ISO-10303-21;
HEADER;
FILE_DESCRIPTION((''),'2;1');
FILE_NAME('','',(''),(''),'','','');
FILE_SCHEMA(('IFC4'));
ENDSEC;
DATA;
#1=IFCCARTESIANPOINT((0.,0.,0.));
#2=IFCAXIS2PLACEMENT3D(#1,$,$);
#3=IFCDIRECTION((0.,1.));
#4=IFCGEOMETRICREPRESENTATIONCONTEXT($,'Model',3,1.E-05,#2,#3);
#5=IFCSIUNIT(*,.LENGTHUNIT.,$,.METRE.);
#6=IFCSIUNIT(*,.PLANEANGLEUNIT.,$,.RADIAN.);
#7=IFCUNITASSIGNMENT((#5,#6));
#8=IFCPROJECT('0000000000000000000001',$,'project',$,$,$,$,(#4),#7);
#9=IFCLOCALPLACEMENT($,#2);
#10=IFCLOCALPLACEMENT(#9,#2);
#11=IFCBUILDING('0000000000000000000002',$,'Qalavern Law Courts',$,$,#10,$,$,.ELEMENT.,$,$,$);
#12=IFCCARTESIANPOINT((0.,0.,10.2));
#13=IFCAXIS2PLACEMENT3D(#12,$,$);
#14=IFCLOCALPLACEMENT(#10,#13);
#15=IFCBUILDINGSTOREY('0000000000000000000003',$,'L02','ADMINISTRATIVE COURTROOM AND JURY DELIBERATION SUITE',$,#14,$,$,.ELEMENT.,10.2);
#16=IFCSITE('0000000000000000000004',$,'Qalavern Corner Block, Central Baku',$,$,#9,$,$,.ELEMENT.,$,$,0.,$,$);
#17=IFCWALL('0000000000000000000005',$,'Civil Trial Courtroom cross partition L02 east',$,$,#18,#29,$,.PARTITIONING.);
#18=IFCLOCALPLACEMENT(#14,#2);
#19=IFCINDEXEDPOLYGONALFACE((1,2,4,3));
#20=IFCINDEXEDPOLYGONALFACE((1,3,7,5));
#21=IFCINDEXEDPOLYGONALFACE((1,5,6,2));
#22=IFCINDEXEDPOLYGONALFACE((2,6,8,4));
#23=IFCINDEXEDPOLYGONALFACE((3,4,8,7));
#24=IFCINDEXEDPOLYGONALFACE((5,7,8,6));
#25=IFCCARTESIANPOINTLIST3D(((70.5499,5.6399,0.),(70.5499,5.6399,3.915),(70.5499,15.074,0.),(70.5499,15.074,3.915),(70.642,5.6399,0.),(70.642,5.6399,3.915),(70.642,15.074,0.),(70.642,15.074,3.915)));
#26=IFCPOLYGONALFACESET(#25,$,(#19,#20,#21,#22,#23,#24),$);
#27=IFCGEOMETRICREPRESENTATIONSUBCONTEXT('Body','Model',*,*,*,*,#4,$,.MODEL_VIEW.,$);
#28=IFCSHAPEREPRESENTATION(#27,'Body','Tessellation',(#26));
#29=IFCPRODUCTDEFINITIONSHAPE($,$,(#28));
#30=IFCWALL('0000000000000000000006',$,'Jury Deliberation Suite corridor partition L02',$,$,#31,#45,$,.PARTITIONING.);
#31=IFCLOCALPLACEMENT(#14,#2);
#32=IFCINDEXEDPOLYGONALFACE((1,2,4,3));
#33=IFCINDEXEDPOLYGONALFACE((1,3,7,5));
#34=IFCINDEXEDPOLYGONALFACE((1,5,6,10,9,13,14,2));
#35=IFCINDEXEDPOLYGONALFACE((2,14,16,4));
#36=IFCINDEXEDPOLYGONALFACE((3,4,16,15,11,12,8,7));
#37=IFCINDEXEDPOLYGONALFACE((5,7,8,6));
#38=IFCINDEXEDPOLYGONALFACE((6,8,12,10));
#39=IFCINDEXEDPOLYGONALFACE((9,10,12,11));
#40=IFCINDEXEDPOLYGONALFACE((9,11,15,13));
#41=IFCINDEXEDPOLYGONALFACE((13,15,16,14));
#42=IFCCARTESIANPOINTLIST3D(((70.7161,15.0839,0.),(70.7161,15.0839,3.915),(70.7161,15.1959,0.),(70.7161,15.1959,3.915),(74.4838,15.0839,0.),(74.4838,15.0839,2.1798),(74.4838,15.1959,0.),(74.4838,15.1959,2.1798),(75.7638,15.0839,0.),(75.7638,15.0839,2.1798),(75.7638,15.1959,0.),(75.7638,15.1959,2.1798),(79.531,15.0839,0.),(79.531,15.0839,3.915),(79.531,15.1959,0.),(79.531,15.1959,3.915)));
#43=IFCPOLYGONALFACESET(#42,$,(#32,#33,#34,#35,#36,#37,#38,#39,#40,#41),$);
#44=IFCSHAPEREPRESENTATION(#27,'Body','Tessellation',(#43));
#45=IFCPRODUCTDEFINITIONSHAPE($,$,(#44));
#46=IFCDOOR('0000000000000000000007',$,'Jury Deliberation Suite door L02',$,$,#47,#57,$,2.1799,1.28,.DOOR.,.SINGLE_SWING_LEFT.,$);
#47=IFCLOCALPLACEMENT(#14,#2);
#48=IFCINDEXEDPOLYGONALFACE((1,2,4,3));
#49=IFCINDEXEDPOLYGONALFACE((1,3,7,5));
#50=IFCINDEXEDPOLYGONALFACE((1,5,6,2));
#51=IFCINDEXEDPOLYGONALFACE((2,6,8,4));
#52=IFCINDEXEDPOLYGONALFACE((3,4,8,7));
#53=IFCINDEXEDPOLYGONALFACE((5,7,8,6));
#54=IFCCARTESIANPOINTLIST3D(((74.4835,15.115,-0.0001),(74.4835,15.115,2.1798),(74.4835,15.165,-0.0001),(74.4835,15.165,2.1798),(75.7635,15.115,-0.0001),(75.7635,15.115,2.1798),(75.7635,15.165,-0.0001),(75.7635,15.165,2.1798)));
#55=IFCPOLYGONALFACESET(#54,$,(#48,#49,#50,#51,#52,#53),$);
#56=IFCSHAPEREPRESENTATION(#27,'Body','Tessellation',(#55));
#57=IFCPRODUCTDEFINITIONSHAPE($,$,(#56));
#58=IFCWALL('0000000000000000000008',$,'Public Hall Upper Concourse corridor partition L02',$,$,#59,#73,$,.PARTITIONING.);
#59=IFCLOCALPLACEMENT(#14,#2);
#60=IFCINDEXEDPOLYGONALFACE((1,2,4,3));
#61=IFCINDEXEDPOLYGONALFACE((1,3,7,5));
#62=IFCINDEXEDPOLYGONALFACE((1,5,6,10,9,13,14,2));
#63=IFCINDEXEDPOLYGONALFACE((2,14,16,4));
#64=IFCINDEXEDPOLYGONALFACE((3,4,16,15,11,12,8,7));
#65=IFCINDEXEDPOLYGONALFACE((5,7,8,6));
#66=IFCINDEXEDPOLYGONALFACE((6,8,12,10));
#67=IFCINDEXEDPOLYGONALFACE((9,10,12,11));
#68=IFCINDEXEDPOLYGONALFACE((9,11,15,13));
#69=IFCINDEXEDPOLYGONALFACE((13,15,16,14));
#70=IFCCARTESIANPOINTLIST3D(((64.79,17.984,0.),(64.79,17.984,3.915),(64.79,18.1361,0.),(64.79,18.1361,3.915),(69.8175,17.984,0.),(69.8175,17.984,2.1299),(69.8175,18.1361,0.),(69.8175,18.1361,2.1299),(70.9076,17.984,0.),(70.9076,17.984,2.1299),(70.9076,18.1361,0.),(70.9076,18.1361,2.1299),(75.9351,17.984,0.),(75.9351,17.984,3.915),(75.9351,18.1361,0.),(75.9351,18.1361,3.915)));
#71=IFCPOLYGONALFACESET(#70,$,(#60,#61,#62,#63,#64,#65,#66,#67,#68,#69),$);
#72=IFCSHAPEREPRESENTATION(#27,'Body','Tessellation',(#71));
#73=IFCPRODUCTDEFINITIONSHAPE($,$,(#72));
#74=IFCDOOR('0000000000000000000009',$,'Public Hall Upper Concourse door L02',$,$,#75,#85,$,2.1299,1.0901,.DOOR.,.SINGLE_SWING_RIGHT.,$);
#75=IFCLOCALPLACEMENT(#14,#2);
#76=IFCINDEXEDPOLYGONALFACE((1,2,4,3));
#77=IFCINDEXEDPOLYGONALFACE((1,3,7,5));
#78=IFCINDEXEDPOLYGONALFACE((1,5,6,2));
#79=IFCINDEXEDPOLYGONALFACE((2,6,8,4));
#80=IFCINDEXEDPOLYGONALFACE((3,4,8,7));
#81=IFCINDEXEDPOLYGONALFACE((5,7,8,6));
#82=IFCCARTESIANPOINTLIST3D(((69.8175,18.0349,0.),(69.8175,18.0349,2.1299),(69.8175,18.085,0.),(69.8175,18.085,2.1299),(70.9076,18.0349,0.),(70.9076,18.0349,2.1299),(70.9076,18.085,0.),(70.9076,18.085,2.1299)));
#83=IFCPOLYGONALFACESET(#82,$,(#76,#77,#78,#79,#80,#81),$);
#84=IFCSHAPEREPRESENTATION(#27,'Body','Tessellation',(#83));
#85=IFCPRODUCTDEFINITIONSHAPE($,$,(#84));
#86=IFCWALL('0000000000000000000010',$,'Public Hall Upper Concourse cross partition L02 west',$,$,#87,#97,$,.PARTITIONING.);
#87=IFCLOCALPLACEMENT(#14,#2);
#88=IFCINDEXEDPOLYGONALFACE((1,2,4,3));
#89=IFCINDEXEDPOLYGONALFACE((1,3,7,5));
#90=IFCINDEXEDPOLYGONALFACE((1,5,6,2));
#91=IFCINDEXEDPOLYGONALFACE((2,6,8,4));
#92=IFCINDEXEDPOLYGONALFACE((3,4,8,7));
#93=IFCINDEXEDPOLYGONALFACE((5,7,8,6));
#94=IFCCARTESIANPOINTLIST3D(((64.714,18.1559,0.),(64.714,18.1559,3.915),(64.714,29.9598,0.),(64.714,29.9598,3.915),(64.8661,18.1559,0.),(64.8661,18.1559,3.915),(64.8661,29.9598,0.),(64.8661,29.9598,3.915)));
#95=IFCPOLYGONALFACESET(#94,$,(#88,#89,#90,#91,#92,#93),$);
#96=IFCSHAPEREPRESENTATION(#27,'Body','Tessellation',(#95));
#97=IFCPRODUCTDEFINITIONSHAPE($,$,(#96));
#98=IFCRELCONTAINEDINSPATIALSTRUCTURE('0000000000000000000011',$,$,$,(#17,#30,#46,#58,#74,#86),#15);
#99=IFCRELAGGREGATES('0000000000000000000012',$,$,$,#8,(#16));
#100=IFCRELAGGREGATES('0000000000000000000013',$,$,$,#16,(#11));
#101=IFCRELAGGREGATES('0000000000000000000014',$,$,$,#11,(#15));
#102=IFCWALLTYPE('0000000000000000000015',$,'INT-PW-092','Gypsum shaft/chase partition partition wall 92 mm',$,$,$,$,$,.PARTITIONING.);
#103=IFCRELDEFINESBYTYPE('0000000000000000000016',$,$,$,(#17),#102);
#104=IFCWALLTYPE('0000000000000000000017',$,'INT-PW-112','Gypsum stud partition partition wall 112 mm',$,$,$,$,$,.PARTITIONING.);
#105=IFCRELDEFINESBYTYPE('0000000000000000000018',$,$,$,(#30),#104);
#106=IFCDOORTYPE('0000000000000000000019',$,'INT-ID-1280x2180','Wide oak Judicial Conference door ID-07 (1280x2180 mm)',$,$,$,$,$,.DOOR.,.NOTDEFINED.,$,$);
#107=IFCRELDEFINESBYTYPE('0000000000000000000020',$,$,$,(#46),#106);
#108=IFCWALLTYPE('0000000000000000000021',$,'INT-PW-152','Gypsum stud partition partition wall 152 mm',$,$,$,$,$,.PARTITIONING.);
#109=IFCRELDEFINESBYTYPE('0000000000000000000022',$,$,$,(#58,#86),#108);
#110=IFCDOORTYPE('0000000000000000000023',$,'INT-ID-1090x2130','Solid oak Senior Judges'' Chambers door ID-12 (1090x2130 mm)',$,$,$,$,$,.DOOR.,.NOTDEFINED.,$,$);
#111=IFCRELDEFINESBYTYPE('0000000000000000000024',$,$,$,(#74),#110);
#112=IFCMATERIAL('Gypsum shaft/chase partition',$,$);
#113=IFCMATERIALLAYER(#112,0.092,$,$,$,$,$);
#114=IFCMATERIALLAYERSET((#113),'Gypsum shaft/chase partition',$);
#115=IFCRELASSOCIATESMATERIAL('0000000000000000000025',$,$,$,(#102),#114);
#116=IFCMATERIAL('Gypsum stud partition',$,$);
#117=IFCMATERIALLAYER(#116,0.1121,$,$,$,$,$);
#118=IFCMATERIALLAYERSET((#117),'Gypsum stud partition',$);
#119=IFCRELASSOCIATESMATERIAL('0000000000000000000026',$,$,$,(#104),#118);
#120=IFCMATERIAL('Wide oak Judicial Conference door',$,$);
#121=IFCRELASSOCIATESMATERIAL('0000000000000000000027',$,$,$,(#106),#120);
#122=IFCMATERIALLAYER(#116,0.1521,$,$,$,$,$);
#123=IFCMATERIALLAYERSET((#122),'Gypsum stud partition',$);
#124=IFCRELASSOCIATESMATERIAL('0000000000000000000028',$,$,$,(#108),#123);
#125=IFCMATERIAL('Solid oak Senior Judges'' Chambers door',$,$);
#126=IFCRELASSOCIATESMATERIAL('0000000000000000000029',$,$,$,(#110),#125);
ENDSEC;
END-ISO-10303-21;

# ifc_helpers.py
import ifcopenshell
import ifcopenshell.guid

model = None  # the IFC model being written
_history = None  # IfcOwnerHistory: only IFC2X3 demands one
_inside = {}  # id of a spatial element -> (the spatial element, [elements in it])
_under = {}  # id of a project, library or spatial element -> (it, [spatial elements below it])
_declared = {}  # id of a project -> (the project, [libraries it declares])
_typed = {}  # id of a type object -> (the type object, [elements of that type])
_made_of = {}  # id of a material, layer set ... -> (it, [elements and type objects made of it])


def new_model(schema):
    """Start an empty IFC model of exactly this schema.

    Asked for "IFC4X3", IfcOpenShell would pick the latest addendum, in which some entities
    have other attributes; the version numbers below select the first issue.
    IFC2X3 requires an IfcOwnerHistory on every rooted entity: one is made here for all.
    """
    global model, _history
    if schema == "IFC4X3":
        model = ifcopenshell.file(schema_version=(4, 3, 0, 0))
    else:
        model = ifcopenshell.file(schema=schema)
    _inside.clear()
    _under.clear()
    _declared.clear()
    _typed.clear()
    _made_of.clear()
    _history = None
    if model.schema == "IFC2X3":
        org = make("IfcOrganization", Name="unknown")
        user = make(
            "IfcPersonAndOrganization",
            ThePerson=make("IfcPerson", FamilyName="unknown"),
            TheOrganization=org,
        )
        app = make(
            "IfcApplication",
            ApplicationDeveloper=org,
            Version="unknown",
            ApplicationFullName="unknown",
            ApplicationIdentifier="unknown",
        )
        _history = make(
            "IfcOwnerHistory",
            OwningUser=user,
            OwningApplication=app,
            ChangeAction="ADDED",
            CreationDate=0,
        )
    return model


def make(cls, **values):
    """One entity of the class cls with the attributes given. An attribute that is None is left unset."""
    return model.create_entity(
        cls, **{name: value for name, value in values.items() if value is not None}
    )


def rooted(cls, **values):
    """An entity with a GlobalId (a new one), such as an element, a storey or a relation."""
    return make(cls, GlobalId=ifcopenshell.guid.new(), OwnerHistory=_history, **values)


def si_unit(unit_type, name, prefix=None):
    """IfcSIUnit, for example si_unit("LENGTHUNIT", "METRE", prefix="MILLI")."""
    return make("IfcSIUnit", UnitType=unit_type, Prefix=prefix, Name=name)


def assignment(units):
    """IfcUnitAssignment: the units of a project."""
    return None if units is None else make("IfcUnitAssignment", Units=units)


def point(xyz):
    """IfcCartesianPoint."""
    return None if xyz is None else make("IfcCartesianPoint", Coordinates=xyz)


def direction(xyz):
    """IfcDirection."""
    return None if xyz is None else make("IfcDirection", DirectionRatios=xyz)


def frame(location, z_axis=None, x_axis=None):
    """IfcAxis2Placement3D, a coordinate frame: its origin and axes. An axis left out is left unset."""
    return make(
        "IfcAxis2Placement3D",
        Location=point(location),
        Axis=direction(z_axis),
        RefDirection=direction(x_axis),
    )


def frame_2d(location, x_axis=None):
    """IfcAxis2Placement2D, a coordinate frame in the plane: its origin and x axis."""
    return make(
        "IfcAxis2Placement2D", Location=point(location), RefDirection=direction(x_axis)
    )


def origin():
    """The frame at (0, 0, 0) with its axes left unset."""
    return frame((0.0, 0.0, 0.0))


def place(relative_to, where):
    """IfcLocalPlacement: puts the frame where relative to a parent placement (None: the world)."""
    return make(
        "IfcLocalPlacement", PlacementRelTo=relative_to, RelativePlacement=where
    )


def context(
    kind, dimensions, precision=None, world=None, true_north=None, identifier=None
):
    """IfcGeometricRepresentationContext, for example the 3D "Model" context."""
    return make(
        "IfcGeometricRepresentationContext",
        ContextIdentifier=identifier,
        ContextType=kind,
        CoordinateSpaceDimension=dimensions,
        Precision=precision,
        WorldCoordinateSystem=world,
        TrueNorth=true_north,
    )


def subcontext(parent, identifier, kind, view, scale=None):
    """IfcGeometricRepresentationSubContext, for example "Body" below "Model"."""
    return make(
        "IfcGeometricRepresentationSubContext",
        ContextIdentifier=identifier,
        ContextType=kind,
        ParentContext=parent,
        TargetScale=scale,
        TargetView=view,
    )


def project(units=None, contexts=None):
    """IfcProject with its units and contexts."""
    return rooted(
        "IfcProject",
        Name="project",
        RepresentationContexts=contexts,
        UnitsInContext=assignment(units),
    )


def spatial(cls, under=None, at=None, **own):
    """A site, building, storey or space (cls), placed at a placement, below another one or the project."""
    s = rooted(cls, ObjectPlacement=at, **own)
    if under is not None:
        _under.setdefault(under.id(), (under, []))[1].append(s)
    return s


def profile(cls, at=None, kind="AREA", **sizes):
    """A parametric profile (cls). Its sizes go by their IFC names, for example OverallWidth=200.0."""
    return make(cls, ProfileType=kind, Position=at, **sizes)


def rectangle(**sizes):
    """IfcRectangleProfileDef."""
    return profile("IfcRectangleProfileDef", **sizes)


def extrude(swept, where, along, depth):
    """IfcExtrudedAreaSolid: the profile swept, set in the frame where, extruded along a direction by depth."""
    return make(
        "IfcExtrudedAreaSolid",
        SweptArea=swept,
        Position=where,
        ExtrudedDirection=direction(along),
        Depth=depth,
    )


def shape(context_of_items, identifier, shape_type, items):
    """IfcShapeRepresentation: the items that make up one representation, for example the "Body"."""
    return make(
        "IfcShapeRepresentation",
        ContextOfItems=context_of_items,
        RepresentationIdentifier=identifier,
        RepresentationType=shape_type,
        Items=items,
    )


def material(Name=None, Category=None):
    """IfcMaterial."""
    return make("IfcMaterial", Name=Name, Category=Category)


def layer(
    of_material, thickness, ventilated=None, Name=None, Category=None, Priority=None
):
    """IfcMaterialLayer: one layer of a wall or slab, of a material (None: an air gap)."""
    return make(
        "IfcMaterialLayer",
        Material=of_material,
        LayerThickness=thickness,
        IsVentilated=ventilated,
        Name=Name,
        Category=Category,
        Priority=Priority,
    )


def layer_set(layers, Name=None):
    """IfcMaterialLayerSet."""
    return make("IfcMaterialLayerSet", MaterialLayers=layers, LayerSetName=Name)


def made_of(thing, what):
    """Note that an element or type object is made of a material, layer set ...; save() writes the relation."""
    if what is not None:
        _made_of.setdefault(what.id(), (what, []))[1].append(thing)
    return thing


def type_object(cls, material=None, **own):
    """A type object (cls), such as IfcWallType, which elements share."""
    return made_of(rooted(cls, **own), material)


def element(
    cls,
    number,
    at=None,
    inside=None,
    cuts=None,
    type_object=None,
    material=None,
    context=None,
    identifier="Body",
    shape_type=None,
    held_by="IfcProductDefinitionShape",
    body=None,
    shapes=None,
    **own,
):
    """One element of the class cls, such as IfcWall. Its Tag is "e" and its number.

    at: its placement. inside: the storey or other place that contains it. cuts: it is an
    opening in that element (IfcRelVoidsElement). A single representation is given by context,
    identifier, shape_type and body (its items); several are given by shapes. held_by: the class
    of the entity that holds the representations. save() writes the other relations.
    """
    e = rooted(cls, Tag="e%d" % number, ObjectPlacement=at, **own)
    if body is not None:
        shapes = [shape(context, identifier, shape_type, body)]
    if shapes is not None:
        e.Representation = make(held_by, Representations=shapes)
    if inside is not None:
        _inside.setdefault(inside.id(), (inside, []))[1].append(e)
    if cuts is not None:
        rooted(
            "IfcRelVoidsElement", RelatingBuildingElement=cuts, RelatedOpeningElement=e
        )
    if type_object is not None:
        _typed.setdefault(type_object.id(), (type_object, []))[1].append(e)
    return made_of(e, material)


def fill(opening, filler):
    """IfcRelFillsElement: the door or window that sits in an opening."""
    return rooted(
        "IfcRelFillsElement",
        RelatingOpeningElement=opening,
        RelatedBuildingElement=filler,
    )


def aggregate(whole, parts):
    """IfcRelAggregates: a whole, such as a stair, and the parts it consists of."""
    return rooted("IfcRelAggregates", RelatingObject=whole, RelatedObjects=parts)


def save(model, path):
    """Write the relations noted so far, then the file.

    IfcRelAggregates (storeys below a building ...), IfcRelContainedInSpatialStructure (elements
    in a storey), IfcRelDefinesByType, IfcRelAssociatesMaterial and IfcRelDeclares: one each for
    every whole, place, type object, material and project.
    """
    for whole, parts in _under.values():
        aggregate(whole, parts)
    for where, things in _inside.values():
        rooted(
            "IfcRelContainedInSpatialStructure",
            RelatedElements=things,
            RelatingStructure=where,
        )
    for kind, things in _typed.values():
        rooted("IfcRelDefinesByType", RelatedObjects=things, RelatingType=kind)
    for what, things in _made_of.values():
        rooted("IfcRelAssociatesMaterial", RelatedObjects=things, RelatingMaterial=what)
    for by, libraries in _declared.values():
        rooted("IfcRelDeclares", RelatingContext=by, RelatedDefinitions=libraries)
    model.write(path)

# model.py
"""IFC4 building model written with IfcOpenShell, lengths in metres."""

from ifc_helpers import new_model, si_unit, direction, frame, frame_2d, origin, place, context, subcontext, project, spatial, rectangle, extrude, material, layer, layer_set, type_object, element, fill, save


model = new_model("IFC4")

# Units and contexts
model_context = context("Model", 3, precision=1e-05, world=origin(), true_north=direction((0.0, 1.0)))
body_context = subcontext(model_context, "Body", "Model", "MODEL_VIEW")
ifc_project = project(units=[si_unit("LENGTHUNIT", "METRE"), si_unit("PLANEANGLEUNIT", "RADIAN")], contexts=[model_context])

# Site, building, storey
site_placement = place(None, origin())
site = spatial("IfcSite", under=ifc_project, at=site_placement, Name="Qalavern Corner Block, Central Baku", CompositionType="ELEMENT", RefElevation=0.0)
building_placement = place(site_placement, origin())
building = spatial("IfcBuilding", under=site, at=building_placement, Name="Qalavern Law Courts", CompositionType="ELEMENT")
storey_placement = place(building_placement, frame((0.0, 0.0, 10.2)))
storey = spatial("IfcBuildingStorey", under=building, at=storey_placement, Name="L02", Description="ADMINISTRATIVE COURTROOM AND JURY DELIBERATION SUITE", CompositionType="ELEMENT", Elevation=10.2)

# Wall
ifc_material_1 = material(Name="Gypsum shaft/chase partition")
ifc_layer_1 = layer(ifc_material_1, 0.092)
ifc_layer_set_1 = layer_set([ifc_layer_1], Name="Gypsum shaft/chase partition")
wall_type_1 = type_object("IfcWallType", Name="INT-PW-092", Description="Gypsum shaft/chase partition partition wall 92 mm", PredefinedType="PARTITIONING", material=ifc_layer_set_1)
wall_1_placement = place(storey_placement, frame((70.5959, 5.6399, 0.0), z_axis=(0.0, 0.0, 1.0), x_axis=(0.0, 1.0, 0.0)))
element("IfcWall", 1, at=wall_1_placement, inside=storey, type_object=wall_type_1, Name="Civil Trial Courtroom cross partition L02 east", PredefinedType="PARTITIONING", context=body_context, shape_type="SweptSolid", body=[
    extrude(rectangle(XDim=9.4341, YDim=0.092, at=frame_2d((4.717, 0.0))), origin(), (0.0, 0.0, 1.0), 3.915),
])

# Walls, openings, doors
ifc_material_2 = material(Name="Gypsum stud partition")
ifc_layer_2 = layer(ifc_material_2, 0.1121)
ifc_layer_set_2 = layer_set([ifc_layer_2], Name="Gypsum stud partition")
wall_type_2 = type_object("IfcWallType", Name="INT-PW-112", Description="Gypsum stud partition partition wall 112 mm", PredefinedType="PARTITIONING", material=ifc_layer_set_2)
wall_2_placement = place(storey_placement, frame((70.7161, 15.1399, 0.0), z_axis=(0.0, 0.0, 1.0), x_axis=(1.0, 0.0, 0.0)))
wall_2 = element("IfcWall", 2, at=wall_2_placement, inside=storey, type_object=wall_type_2, Name="Jury Deliberation Suite corridor partition L02", PredefinedType="PARTITIONING", context=body_context, shape_type="SweptSolid", body=[
    extrude(rectangle(XDim=8.8149, YDim=0.1121, at=frame_2d((4.4075, 0.0))), origin(), (0.0, 0.0, 1.0), 3.915),
])
opening_1_placement = place(wall_2_placement, frame((3.7676, 0.0, 0.0)))
opening_1 = element("IfcOpeningElement", 3, at=opening_1_placement, cuts=wall_2, PredefinedType="OPENING", context=body_context, shape_type="SweptSolid", body=[
    extrude(rectangle(XDim=1.28, YDim=2.1799, at=frame_2d((0.6401, 1.0898))), frame((0.0, 0.0708, 0.0), z_axis=(0.0, -1.0, 0.0), x_axis=(1.0, 0.0, 0.0)), (0.0, 0.0, 1.0), 0.1418),
])
ifc_material_3 = material(Name="Wide oak Judicial Conference door")
door_type_1 = type_object("IfcDoorType", Name="INT-ID-1280x2180", Description="Wide oak Judicial Conference door ID-07 (1280x2180 mm)", OperationType="NOTDEFINED", PredefinedType="DOOR", material=ifc_material_3)
door_1_placement = place(opening_1_placement, frame((1.28, 0.0, 0.0), z_axis=(0.0, 0.0, 1.0), x_axis=(-1.0, 0.0, 0.0)))
door_1 = element("IfcDoor", 4, at=door_1_placement, inside=storey, type_object=door_type_1, Name="Jury Deliberation Suite door L02", OperationType="SINGLE_SWING_LEFT", OverallHeight=2.1799, OverallWidth=1.28, PredefinedType="DOOR", context=body_context, shape_type="SweptSolid", body=[
    extrude(rectangle(XDim=1.28, YDim=2.1799, at=frame_2d((0.6401, 1.0898))), frame((0.0, 0.0249, 0.0), z_axis=(0.0, -1.0, 0.0), x_axis=(1.0, 0.0, 0.0)), (0.0, 0.0, 1.0), 0.05),
])
fill(opening_1, door_1)
ifc_layer_3 = layer(ifc_material_2, 0.1521)
ifc_layer_set_3 = layer_set([ifc_layer_3], Name="Gypsum stud partition")
wall_type_3 = type_object("IfcWallType", Name="INT-PW-152", Description="Gypsum stud partition partition wall 152 mm", PredefinedType="PARTITIONING", material=ifc_layer_set_3)
wall_3_placement = place(storey_placement, frame((64.79, 18.0601, 0.0), z_axis=(0.0, 0.0, 1.0), x_axis=(1.0, 0.0, 0.0)))
wall_3 = element("IfcWall", 5, at=wall_3_placement, inside=storey, type_object=wall_type_3, Name="Public Hall Upper Concourse corridor partition L02", PredefinedType="PARTITIONING", context=body_context, shape_type="SweptSolid", body=[
    extrude(rectangle(XDim=11.145, YDim=0.1521, at=frame_2d((5.5725, 0.0))), origin(), (0.0, 0.0, 1.0), 3.915),
])
opening_2_placement = place(wall_3_placement, frame((5.0276, 0.0, 0.0)))
opening_2 = element("IfcOpeningElement", 6, at=opening_2_placement, cuts=wall_3, PredefinedType="OPENING", context=body_context, shape_type="SweptSolid", body=[
    extrude(rectangle(XDim=1.0901, YDim=2.1299, at=frame_2d((0.5449, 1.0649))), frame((0.0, 0.0908, 0.0), z_axis=(0.0, -1.0, 0.0), x_axis=(1.0, 0.0, 0.0)), (0.0, 0.0, 1.0), 0.1819),
])
ifc_material_4 = material(Name="Solid oak Senior Judges' Chambers door")
door_type_2 = type_object("IfcDoorType", Name="INT-ID-1090x2130", Description="Solid oak Senior Judges' Chambers door ID-12 (1090x2130 mm)", OperationType="NOTDEFINED", PredefinedType="DOOR", material=ifc_material_4)
door_2_placement = place(opening_2_placement, origin())
door_2 = element("IfcDoor", 7, at=door_2_placement, inside=storey, type_object=door_type_2, Name="Public Hall Upper Concourse door L02", OperationType="SINGLE_SWING_RIGHT", OverallHeight=2.1299, OverallWidth=1.0901, PredefinedType="DOOR", context=body_context, shape_type="SweptSolid", body=[
    extrude(rectangle(XDim=1.0901, YDim=2.1299, at=frame_2d((0.5449, 1.0649))), frame((0.0, 0.0249, 0.0), z_axis=(0.0, -1.0, 0.0), x_axis=(1.0, 0.0, 0.0)), (0.0, 0.0, 1.0), 0.05),
])
fill(opening_2, door_2)

# Wall
wall_4_placement = place(storey_placement, frame((64.79, 18.156, 0.0), z_axis=(0.0, 0.0, 1.0), x_axis=(0.0, 1.0, 0.0)))
element("IfcWall", 8, at=wall_4_placement, inside=storey, type_object=wall_type_3, Name="Public Hall Upper Concourse cross partition L02 west", PredefinedType="PARTITIONING", context=body_context, shape_type="SweptSolid", body=[
    extrude(rectangle(XDim=11.804, YDim=0.1521, at=frame_2d((5.9019, 0.0))), origin(), (0.0, 0.0, 1.0), 3.915),
])

save(model, "model.ifc")
